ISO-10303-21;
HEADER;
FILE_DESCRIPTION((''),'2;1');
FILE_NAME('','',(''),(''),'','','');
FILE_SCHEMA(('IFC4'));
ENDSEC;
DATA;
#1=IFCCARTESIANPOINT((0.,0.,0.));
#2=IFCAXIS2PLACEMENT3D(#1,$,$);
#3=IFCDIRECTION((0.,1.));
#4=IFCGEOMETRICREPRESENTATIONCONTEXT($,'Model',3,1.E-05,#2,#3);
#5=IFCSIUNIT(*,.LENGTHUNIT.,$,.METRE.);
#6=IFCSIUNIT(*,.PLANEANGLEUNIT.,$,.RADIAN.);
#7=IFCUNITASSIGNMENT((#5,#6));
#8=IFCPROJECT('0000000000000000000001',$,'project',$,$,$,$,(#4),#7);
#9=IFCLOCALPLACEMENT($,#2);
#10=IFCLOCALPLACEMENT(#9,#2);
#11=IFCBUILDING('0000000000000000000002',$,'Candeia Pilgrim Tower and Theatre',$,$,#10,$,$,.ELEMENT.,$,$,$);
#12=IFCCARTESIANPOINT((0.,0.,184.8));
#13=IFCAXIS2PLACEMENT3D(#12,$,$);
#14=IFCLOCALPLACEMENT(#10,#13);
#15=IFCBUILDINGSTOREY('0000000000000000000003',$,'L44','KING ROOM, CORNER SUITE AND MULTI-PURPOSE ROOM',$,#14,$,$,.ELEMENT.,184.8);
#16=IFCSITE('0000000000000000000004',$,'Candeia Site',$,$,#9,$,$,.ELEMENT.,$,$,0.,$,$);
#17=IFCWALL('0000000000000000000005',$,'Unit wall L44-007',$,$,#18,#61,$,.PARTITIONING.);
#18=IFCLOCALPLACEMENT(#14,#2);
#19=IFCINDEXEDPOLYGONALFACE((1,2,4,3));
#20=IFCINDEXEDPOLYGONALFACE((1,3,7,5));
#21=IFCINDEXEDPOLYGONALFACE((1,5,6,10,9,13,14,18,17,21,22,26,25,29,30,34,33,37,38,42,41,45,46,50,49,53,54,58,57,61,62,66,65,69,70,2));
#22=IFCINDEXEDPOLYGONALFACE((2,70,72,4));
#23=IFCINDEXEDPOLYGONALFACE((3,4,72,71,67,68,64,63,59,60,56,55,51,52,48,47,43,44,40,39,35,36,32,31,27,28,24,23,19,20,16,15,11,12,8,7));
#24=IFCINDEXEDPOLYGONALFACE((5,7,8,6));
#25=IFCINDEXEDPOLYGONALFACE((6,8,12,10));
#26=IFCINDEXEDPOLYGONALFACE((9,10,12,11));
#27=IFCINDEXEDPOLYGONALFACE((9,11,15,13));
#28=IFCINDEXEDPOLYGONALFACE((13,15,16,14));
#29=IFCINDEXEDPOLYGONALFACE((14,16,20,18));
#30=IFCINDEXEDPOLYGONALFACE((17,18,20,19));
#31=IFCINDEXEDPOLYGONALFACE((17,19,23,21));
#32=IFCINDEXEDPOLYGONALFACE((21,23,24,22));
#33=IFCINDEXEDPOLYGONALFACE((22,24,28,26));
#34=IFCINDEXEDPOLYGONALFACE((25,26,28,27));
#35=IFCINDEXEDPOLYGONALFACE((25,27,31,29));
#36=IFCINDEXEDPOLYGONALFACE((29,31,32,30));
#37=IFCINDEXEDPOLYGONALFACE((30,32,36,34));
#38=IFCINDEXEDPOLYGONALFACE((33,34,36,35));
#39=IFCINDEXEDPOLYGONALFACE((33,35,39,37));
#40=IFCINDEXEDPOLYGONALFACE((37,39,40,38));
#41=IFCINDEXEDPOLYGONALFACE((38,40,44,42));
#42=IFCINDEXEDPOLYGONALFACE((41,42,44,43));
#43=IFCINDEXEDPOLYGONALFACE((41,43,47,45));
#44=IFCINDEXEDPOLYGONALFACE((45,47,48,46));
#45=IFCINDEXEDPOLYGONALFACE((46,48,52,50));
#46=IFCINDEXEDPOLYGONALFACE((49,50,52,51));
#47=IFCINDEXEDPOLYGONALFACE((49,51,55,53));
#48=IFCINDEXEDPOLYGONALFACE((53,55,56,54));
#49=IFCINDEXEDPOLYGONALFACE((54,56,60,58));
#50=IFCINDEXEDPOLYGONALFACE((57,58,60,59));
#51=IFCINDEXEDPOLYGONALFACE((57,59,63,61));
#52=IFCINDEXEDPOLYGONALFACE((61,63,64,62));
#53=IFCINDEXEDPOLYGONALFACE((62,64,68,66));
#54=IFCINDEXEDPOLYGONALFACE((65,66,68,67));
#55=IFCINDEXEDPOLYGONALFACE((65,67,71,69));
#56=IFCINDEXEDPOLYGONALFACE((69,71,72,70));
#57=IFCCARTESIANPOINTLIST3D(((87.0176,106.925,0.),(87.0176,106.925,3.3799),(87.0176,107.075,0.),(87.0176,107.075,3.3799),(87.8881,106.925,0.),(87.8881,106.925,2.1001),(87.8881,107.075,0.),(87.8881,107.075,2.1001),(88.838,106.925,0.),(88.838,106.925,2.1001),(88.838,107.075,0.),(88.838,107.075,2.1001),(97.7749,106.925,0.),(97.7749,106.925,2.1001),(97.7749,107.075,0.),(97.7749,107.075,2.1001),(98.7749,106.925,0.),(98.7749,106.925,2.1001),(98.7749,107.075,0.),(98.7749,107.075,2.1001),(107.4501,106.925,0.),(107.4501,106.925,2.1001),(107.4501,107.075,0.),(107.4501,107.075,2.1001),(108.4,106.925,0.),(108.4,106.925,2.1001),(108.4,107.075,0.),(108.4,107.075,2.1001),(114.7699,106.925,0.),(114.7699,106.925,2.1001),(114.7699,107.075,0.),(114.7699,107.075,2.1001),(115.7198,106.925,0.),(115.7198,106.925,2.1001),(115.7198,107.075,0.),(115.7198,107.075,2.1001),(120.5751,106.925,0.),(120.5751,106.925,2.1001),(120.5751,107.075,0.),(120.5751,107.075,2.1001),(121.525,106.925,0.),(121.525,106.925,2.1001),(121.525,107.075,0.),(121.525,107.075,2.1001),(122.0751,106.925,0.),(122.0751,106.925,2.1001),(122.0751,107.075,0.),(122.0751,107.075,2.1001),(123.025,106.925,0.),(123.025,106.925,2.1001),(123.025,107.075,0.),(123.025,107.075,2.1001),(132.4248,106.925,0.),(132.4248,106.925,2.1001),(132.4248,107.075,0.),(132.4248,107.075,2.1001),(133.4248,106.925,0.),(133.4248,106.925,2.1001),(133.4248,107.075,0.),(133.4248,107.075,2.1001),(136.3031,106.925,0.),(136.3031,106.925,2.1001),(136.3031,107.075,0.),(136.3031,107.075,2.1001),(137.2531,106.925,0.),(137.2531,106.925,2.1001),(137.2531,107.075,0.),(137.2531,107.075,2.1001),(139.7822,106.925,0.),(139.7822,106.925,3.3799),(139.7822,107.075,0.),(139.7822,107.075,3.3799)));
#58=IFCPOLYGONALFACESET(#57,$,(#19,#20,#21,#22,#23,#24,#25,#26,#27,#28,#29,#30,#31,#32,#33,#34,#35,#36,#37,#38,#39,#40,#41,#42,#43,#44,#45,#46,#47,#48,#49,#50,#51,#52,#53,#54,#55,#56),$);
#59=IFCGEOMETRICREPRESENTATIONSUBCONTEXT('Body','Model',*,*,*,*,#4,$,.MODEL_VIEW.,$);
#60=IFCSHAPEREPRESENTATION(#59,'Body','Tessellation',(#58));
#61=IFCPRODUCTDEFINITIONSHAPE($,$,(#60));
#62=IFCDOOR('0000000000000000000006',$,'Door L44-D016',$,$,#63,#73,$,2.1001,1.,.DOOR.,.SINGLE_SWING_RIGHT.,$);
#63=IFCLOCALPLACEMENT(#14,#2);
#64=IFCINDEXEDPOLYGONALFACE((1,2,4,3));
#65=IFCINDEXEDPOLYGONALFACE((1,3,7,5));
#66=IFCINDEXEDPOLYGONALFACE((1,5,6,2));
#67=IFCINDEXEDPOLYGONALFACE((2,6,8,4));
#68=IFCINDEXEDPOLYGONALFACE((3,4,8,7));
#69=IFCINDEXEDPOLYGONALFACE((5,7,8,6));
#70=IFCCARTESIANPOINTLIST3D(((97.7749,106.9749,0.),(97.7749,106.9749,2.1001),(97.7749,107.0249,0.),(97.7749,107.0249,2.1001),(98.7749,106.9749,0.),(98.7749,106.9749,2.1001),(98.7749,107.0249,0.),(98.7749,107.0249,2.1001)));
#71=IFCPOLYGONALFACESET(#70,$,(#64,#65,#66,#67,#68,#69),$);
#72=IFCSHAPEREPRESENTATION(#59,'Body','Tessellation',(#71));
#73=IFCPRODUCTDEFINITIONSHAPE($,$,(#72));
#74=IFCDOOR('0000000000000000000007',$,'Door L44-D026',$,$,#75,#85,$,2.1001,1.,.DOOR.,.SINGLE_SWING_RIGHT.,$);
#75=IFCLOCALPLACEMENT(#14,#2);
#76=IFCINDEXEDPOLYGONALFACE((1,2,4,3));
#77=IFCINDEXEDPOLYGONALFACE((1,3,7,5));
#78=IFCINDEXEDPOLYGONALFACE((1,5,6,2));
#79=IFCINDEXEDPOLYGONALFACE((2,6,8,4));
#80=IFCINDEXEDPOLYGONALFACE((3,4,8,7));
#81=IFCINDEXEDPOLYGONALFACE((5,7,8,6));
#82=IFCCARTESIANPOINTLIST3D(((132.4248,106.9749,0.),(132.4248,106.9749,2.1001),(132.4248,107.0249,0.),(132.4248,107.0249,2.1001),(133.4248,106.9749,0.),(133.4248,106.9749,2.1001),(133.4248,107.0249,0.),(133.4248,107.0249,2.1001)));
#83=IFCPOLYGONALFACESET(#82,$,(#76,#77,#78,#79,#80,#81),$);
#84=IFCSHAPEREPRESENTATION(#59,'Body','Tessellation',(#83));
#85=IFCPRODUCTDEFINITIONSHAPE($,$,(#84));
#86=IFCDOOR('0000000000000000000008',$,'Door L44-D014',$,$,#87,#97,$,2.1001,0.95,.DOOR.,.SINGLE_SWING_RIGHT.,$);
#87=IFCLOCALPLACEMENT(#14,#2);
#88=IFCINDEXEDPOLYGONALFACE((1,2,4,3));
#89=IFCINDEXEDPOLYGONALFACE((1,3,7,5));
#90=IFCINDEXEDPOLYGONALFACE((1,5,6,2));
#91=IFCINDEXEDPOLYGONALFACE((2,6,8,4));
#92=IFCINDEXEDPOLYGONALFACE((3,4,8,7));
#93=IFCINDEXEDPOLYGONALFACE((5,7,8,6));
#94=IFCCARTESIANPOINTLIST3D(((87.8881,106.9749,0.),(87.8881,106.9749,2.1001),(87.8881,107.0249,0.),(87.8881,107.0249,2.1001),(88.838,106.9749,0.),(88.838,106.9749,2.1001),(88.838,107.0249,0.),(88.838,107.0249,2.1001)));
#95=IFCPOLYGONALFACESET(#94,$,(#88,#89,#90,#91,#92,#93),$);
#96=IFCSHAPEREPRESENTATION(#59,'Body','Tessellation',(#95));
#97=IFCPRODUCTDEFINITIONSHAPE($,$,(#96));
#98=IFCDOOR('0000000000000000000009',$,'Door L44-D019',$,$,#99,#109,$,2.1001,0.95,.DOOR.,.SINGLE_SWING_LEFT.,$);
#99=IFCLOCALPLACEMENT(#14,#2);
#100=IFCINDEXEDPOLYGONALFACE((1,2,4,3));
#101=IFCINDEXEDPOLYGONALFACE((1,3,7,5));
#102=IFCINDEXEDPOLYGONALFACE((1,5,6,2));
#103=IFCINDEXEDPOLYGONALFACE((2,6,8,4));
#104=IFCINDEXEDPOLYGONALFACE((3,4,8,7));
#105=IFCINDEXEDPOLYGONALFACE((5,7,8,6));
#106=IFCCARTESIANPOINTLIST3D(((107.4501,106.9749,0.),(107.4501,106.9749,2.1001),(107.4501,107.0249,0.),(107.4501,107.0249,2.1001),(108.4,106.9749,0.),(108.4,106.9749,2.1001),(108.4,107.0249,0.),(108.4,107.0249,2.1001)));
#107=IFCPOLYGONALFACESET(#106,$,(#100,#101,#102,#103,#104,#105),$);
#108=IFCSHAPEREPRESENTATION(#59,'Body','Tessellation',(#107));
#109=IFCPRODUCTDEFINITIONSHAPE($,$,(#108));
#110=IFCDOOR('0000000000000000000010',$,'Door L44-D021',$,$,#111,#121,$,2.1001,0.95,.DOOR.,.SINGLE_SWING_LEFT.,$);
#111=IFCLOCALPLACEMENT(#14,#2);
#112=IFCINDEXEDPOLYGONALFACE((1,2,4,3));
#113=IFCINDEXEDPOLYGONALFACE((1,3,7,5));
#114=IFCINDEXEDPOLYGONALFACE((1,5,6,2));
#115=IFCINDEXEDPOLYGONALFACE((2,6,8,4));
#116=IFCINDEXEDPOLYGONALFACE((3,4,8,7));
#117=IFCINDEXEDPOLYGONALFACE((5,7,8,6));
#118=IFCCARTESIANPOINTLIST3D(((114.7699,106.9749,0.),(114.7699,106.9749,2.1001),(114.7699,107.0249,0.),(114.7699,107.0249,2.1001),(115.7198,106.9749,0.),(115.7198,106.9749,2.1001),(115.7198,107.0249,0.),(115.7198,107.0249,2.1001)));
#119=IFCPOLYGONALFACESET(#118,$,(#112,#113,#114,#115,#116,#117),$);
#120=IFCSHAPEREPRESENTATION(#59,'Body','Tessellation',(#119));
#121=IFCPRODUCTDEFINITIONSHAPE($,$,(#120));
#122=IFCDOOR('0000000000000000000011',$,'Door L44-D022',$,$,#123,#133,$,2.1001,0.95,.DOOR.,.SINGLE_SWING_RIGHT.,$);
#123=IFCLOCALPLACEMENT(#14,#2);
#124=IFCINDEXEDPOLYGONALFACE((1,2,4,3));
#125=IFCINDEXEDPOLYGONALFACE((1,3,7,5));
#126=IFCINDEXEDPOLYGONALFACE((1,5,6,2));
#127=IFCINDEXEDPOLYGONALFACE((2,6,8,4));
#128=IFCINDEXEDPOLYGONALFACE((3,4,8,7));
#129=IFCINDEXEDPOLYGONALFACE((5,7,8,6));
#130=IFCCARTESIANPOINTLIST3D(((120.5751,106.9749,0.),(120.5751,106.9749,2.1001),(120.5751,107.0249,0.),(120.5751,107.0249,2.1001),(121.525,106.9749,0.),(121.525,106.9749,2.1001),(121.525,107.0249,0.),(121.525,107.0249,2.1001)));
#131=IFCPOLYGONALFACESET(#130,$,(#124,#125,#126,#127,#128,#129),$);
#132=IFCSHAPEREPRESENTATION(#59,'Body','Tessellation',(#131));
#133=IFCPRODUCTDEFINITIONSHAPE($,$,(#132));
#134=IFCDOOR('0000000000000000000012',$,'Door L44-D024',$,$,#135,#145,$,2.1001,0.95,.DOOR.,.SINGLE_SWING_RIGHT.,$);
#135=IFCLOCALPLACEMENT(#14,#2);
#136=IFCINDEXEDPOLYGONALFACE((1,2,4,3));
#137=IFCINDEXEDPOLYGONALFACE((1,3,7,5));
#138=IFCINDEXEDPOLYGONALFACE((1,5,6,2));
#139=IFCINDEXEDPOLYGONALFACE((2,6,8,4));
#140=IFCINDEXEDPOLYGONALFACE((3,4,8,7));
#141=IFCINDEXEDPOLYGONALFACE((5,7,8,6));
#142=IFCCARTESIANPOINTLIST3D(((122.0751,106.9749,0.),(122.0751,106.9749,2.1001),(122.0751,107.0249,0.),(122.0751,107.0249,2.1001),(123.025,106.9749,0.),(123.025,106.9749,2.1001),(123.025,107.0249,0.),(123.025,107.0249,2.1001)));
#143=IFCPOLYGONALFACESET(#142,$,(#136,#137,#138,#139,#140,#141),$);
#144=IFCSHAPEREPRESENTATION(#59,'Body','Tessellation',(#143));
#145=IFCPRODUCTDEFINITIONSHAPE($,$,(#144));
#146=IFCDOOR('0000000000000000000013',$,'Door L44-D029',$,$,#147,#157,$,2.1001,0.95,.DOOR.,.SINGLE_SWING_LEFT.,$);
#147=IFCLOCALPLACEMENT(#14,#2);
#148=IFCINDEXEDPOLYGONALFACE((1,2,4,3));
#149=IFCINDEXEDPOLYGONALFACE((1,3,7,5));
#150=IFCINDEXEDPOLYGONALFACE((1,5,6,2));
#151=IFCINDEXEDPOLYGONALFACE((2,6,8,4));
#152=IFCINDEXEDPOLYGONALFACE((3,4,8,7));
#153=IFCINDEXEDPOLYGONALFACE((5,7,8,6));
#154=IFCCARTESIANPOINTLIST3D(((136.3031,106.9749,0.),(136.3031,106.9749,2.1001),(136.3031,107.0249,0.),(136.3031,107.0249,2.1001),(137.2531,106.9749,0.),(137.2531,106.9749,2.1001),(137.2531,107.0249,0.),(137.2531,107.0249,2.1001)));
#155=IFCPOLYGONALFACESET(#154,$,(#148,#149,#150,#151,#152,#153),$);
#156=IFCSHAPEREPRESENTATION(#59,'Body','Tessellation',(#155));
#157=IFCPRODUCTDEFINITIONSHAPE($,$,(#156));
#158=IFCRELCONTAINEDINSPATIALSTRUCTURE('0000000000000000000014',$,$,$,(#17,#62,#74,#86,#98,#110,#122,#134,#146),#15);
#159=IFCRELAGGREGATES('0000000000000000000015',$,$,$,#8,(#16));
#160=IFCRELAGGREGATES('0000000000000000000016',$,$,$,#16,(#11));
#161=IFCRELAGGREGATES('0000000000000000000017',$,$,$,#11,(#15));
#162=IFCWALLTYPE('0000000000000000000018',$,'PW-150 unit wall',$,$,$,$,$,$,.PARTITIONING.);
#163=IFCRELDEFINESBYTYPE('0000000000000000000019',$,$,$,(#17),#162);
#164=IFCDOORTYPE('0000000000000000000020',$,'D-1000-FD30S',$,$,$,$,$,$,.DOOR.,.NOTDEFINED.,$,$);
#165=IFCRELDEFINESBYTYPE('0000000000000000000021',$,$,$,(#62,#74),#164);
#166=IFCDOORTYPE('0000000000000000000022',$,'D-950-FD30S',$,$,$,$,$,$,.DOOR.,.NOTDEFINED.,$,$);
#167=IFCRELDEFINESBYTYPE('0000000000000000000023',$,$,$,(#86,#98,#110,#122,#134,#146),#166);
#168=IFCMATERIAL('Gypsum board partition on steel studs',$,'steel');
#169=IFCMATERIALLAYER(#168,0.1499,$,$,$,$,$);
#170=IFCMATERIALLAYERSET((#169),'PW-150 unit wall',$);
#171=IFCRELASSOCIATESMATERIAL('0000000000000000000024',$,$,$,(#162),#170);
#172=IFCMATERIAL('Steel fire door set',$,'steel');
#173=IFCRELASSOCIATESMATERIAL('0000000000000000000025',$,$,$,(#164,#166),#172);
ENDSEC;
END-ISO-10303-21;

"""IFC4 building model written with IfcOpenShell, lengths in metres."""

from ifc_helpers import new_model, si_unit, direction, frame, frame_2d, origin, place, context, subcontext, project, spatial, rectangle, extrude, material, layer, layer_set, type_object, element, fill, save


model = new_model("IFC4")

# Units and contexts
model_context = context("Model", 3, precision=1e-05, world=origin(), true_north=direction((0.0, 1.0)))
body_context = subcontext(model_context, "Body", "Model", "MODEL_VIEW")
ifc_project = project(units=[si_unit("LENGTHUNIT", "METRE"), si_unit("PLANEANGLEUNIT", "RADIAN")], contexts=[model_context])

# Site, building, storey
site_placement = place(None, origin())
site = spatial("IfcSite", under=ifc_project, at=site_placement, Name="Candeia Site", CompositionType="ELEMENT", RefElevation=0.0)
building_placement = place(site_placement, origin())
building = spatial("IfcBuilding", under=site, at=building_placement, Name="Candeia Pilgrim Tower and Theatre", CompositionType="ELEMENT")
storey_placement = place(building_placement, frame((0.0, 0.0, 184.8)))
storey = spatial("IfcBuildingStorey", under=building, at=storey_placement, Name="L44", Description="KING ROOM, CORNER SUITE AND MULTI-PURPOSE ROOM", CompositionType="ELEMENT", Elevation=184.8)

# Shared definitions
ifc_material_1 = material(Name="Gypsum board partition on steel studs", Category="steel")

# Wall, openings, doors
ifc_layer_1 = layer(ifc_material_1, 0.1499)
ifc_layer_set_1 = layer_set([ifc_layer_1], Name="PW-150 unit wall")
wall_type_1 = type_object("IfcWallType", Name="PW-150 unit wall", PredefinedType="PARTITIONING", material=ifc_layer_set_1)
wall_1_placement = place(storey_placement, frame((87.0176, 107.0, 0.0), z_axis=(0.0, 0.0, 1.0), x_axis=(1.0, 0.0, 0.0)))
wall_1 = element("IfcWall", 1, at=wall_1_placement, inside=storey, type_object=wall_type_1, Name="Unit wall L44-007", PredefinedType="PARTITIONING", context=body_context, shape_type="SweptSolid", body=[
    extrude(rectangle(XDim=52.7646, YDim=0.1499, at=frame_2d((26.3823, 0.0))), origin(), (0.0, 0.0, 1.0), 3.3799),
])
opening_1_placement = place(wall_1_placement, frame((0.8704, 0.0, 0.0)))
opening_1 = element("IfcOpeningElement", 2, at=opening_1_placement, cuts=wall_1, PredefinedType="OPENING", context=body_context, shape_type="SweptSolid", body=[
    extrude(rectangle(XDim=0.95, YDim=2.1001, at=frame_2d((0.4751, 1.05))), frame((0.0, 0.085, 0.0), z_axis=(0.0, -1.0, 0.0), x_axis=(1.0, 0.0, 0.0)), (0.0, 0.0, 1.0), 0.1699),
])
opening_2_placement = place(wall_1_placement, frame((10.7573, 0.0, 0.0)))
opening_2 = element("IfcOpeningElement", 3, at=opening_2_placement, cuts=wall_1, PredefinedType="OPENING", context=body_context, shape_type="SweptSolid", body=[
    extrude(rectangle(XDim=1.0, YDim=2.1001, at=frame_2d((0.5, 1.05))), frame((0.0, 0.085, 0.0), z_axis=(0.0, -1.0, 0.0), x_axis=(1.0, 0.0, 0.0)), (0.0, 0.0, 1.0), 0.1699),
])
opening_3_placement = place(wall_1_placement, frame((20.4324, 0.0, 0.0)))
opening_3 = element("IfcOpeningElement", 4, at=opening_3_placement, cuts=wall_1, PredefinedType="OPENING", context=body_context, shape_type="SweptSolid", body=[
    extrude(rectangle(XDim=0.95, YDim=2.1001, at=frame_2d((0.4751, 1.05))), frame((0.0, 0.085, 0.0), z_axis=(0.0, -1.0, 0.0), x_axis=(1.0, 0.0, 0.0)), (0.0, 0.0, 1.0), 0.1699),
])
opening_4_placement = place(wall_1_placement, frame((27.7522, 0.0, 0.0)))
opening_4 = element("IfcOpeningElement", 5, at=opening_4_placement, cuts=wall_1, PredefinedType="OPENING", context=body_context, shape_type="SweptSolid", body=[
    extrude(rectangle(XDim=0.95, YDim=2.1001, at=frame_2d((0.4751, 1.05))), frame((0.0, 0.085, 0.0), z_axis=(0.0, -1.0, 0.0), x_axis=(1.0, 0.0, 0.0)), (0.0, 0.0, 1.0), 0.1699),
])
opening_5_placement = place(wall_1_placement, frame((33.5574, 0.0, 0.0)))
opening_5 = element("IfcOpeningElement", 6, at=opening_5_placement, cuts=wall_1, PredefinedType="OPENING", context=body_context, shape_type="SweptSolid", body=[
    extrude(rectangle(XDim=0.95, YDim=2.1001, at=frame_2d((0.4751, 1.05))), frame((0.0, 0.085, 0.0), z_axis=(0.0, -1.0, 0.0), x_axis=(1.0, 0.0, 0.0)), (0.0, 0.0, 1.0), 0.1699),
])
opening_6_placement = place(wall_1_placement, frame((35.0574, 0.0, 0.0)))
opening_6 = element("IfcOpeningElement", 7, at=opening_6_placement, cuts=wall_1, PredefinedType="OPENING", context=body_context, shape_type="SweptSolid", body=[
    extrude(rectangle(XDim=0.95, YDim=2.1001, at=frame_2d((0.4751, 1.05))), frame((0.0, 0.085, 0.0), z_axis=(0.0, -1.0, 0.0), x_axis=(1.0, 0.0, 0.0)), (0.0, 0.0, 1.0), 0.1699),
])
opening_7_placement = place(wall_1_placement, frame((45.4072, 0.0, 0.0)))
opening_7 = element("IfcOpeningElement", 8, at=opening_7_placement, cuts=wall_1, PredefinedType="OPENING", context=body_context, shape_type="SweptSolid", body=[
    extrude(rectangle(XDim=1.0, YDim=2.1001, at=frame_2d((0.5, 1.05))), frame((0.0, 0.085, 0.0), z_axis=(0.0, -1.0, 0.0), x_axis=(1.0, 0.0, 0.0)), (0.0, 0.0, 1.0), 0.1699),
])
opening_8_placement = place(wall_1_placement, frame((49.2854, 0.0, 0.0)))
opening_8 = element("IfcOpeningElement", 9, at=opening_8_placement, cuts=wall_1, PredefinedType="OPENING", context=body_context, shape_type="SweptSolid", body=[
    extrude(rectangle(XDim=0.95, YDim=2.1001, at=frame_2d((0.4751, 1.05))), frame((0.0, 0.085, 0.0), z_axis=(0.0, -1.0, 0.0), x_axis=(1.0, 0.0, 0.0)), (0.0, 0.0, 1.0), 0.1699),
])
ifc_material_2 = material(Name="Steel fire door set", Category="steel")
door_type_1 = type_object("IfcDoorType", Name="D-1000-FD30S", OperationType="NOTDEFINED", PredefinedType="DOOR", material=ifc_material_2)
door_1_placement = place(opening_2_placement, origin())
door_1 = element("IfcDoor", 10, at=door_1_placement, inside=storey, type_object=door_type_1, Name="Door L44-D016", OperationType="SINGLE_SWING_RIGHT", OverallHeight=2.1001, OverallWidth=1.0, PredefinedType="DOOR", context=body_context, shape_type="SweptSolid", body=[
    extrude(rectangle(XDim=1.0, YDim=2.1001, at=frame_2d((0.5, 1.05))), frame((0.0, 0.0249, 0.0), z_axis=(0.0, -1.0, 0.0), x_axis=(1.0, 0.0, 0.0)), (0.0, 0.0, 1.0), 0.05),
])
fill(opening_2, door_1)
door_2_placement = place(opening_7_placement, origin())
door_2 = element("IfcDoor", 11, at=door_2_placement, inside=storey, type_object=door_type_1, Name="Door L44-D026", OperationType="SINGLE_SWING_RIGHT", OverallHeight=2.1001, OverallWidth=1.0, PredefinedType="DOOR", context=body_context, shape_type="SweptSolid", body=[
    extrude(rectangle(XDim=1.0, YDim=2.1001, at=frame_2d((0.5, 1.05))), frame((0.0, 0.0249, 0.0), z_axis=(0.0, -1.0, 0.0), x_axis=(1.0, 0.0, 0.0)), (0.0, 0.0, 1.0), 0.05),
])
fill(opening_7, door_2)
door_type_2 = type_object("IfcDoorType", Name="D-950-FD30S", OperationType="NOTDEFINED", PredefinedType="DOOR", material=ifc_material_2)
door_3_placement = place(opening_1_placement, origin())
door_3 = element("IfcDoor", 12, at=door_3_placement, inside=storey, type_object=door_type_2, Name="Door L44-D014", OperationType="SINGLE_SWING_RIGHT", OverallHeight=2.1001, OverallWidth=0.95, PredefinedType="DOOR", context=body_context, shape_type="SweptSolid", body=[
    extrude(rectangle(XDim=0.95, YDim=2.1001, at=frame_2d((0.4751, 1.05))), frame((0.0, 0.0249, 0.0), z_axis=(0.0, -1.0, 0.0), x_axis=(1.0, 0.0, 0.0)), (0.0, 0.0, 1.0), 0.05),
])
fill(opening_1, door_3)
door_4_placement = place(opening_3_placement, origin())
door_4 = element("IfcDoor", 13, at=door_4_placement, inside=storey, type_object=door_type_2, Name="Door L44-D019", OperationType="SINGLE_SWING_LEFT", OverallHeight=2.1001, OverallWidth=0.95, PredefinedType="DOOR", context=body_context, shape_type="SweptSolid", body=[
    extrude(rectangle(XDim=0.95, YDim=2.1001, at=frame_2d((0.4751, 1.05))), frame((0.0, 0.0249, 0.0), z_axis=(0.0, -1.0, 0.0), x_axis=(1.0, 0.0, 0.0)), (0.0, 0.0, 1.0), 0.05),
])
fill(opening_3, door_4)
door_5_placement = place(opening_4_placement, origin())
door_5 = element("IfcDoor", 14, at=door_5_placement, inside=storey, type_object=door_type_2, Name="Door L44-D021", OperationType="SINGLE_SWING_LEFT", OverallHeight=2.1001, OverallWidth=0.95, PredefinedType="DOOR", context=body_context, shape_type="SweptSolid", body=[
    extrude(rectangle(XDim=0.95, YDim=2.1001, at=frame_2d((0.4751, 1.05))), frame((0.0, 0.0249, 0.0), z_axis=(0.0, -1.0, 0.0), x_axis=(1.0, 0.0, 0.0)), (0.0, 0.0, 1.0), 0.05),
])
fill(opening_4, door_5)
door_6_placement = place(opening_5_placement, origin())
door_6 = element("IfcDoor", 15, at=door_6_placement, inside=storey, type_object=door_type_2, Name="Door L44-D022", OperationType="SINGLE_SWING_RIGHT", OverallHeight=2.1001, OverallWidth=0.95, PredefinedType="DOOR", context=body_context, shape_type="SweptSolid", body=[
    extrude(rectangle(XDim=0.95, YDim=2.1001, at=frame_2d((0.4751, 1.05))), frame((0.0, 0.0249, 0.0), z_axis=(0.0, -1.0, 0.0), x_axis=(1.0, 0.0, 0.0)), (0.0, 0.0, 1.0), 0.05),
])
fill(opening_5, door_6)
door_7_placement = place(opening_6_placement, origin())
door_7 = element("IfcDoor", 16, at=door_7_placement, inside=storey, type_object=door_type_2, Name="Door L44-D024", OperationType="SINGLE_SWING_RIGHT", OverallHeight=2.1001, OverallWidth=0.95, PredefinedType="DOOR", context=body_context, shape_type="SweptSolid", body=[
    extrude(rectangle(XDim=0.95, YDim=2.1001, at=frame_2d((0.4751, 1.05))), frame((0.0, 0.0249, 0.0), z_axis=(0.0, -1.0, 0.0), x_axis=(1.0, 0.0, 0.0)), (0.0, 0.0, 1.0), 0.05),
])
fill(opening_6, door_7)
door_8_placement = place(opening_8_placement, origin())
door_8 = element("IfcDoor", 17, at=door_8_placement, inside=storey, type_object=door_type_2, Name="Door L44-D029", OperationType="SINGLE_SWING_LEFT", OverallHeight=2.1001, OverallWidth=0.95, PredefinedType="DOOR", context=body_context, shape_type="SweptSolid", body=[
    extrude(rectangle(XDim=0.95, YDim=2.1001, at=frame_2d((0.4751, 1.05))), frame((0.0, 0.0249, 0.0), z_axis=(0.0, -1.0, 0.0), x_axis=(1.0, 0.0, 0.0)), (0.0, 0.0, 1.0), 0.05),
])
fill(opening_8, door_8)

save(model, "model.ifc")
